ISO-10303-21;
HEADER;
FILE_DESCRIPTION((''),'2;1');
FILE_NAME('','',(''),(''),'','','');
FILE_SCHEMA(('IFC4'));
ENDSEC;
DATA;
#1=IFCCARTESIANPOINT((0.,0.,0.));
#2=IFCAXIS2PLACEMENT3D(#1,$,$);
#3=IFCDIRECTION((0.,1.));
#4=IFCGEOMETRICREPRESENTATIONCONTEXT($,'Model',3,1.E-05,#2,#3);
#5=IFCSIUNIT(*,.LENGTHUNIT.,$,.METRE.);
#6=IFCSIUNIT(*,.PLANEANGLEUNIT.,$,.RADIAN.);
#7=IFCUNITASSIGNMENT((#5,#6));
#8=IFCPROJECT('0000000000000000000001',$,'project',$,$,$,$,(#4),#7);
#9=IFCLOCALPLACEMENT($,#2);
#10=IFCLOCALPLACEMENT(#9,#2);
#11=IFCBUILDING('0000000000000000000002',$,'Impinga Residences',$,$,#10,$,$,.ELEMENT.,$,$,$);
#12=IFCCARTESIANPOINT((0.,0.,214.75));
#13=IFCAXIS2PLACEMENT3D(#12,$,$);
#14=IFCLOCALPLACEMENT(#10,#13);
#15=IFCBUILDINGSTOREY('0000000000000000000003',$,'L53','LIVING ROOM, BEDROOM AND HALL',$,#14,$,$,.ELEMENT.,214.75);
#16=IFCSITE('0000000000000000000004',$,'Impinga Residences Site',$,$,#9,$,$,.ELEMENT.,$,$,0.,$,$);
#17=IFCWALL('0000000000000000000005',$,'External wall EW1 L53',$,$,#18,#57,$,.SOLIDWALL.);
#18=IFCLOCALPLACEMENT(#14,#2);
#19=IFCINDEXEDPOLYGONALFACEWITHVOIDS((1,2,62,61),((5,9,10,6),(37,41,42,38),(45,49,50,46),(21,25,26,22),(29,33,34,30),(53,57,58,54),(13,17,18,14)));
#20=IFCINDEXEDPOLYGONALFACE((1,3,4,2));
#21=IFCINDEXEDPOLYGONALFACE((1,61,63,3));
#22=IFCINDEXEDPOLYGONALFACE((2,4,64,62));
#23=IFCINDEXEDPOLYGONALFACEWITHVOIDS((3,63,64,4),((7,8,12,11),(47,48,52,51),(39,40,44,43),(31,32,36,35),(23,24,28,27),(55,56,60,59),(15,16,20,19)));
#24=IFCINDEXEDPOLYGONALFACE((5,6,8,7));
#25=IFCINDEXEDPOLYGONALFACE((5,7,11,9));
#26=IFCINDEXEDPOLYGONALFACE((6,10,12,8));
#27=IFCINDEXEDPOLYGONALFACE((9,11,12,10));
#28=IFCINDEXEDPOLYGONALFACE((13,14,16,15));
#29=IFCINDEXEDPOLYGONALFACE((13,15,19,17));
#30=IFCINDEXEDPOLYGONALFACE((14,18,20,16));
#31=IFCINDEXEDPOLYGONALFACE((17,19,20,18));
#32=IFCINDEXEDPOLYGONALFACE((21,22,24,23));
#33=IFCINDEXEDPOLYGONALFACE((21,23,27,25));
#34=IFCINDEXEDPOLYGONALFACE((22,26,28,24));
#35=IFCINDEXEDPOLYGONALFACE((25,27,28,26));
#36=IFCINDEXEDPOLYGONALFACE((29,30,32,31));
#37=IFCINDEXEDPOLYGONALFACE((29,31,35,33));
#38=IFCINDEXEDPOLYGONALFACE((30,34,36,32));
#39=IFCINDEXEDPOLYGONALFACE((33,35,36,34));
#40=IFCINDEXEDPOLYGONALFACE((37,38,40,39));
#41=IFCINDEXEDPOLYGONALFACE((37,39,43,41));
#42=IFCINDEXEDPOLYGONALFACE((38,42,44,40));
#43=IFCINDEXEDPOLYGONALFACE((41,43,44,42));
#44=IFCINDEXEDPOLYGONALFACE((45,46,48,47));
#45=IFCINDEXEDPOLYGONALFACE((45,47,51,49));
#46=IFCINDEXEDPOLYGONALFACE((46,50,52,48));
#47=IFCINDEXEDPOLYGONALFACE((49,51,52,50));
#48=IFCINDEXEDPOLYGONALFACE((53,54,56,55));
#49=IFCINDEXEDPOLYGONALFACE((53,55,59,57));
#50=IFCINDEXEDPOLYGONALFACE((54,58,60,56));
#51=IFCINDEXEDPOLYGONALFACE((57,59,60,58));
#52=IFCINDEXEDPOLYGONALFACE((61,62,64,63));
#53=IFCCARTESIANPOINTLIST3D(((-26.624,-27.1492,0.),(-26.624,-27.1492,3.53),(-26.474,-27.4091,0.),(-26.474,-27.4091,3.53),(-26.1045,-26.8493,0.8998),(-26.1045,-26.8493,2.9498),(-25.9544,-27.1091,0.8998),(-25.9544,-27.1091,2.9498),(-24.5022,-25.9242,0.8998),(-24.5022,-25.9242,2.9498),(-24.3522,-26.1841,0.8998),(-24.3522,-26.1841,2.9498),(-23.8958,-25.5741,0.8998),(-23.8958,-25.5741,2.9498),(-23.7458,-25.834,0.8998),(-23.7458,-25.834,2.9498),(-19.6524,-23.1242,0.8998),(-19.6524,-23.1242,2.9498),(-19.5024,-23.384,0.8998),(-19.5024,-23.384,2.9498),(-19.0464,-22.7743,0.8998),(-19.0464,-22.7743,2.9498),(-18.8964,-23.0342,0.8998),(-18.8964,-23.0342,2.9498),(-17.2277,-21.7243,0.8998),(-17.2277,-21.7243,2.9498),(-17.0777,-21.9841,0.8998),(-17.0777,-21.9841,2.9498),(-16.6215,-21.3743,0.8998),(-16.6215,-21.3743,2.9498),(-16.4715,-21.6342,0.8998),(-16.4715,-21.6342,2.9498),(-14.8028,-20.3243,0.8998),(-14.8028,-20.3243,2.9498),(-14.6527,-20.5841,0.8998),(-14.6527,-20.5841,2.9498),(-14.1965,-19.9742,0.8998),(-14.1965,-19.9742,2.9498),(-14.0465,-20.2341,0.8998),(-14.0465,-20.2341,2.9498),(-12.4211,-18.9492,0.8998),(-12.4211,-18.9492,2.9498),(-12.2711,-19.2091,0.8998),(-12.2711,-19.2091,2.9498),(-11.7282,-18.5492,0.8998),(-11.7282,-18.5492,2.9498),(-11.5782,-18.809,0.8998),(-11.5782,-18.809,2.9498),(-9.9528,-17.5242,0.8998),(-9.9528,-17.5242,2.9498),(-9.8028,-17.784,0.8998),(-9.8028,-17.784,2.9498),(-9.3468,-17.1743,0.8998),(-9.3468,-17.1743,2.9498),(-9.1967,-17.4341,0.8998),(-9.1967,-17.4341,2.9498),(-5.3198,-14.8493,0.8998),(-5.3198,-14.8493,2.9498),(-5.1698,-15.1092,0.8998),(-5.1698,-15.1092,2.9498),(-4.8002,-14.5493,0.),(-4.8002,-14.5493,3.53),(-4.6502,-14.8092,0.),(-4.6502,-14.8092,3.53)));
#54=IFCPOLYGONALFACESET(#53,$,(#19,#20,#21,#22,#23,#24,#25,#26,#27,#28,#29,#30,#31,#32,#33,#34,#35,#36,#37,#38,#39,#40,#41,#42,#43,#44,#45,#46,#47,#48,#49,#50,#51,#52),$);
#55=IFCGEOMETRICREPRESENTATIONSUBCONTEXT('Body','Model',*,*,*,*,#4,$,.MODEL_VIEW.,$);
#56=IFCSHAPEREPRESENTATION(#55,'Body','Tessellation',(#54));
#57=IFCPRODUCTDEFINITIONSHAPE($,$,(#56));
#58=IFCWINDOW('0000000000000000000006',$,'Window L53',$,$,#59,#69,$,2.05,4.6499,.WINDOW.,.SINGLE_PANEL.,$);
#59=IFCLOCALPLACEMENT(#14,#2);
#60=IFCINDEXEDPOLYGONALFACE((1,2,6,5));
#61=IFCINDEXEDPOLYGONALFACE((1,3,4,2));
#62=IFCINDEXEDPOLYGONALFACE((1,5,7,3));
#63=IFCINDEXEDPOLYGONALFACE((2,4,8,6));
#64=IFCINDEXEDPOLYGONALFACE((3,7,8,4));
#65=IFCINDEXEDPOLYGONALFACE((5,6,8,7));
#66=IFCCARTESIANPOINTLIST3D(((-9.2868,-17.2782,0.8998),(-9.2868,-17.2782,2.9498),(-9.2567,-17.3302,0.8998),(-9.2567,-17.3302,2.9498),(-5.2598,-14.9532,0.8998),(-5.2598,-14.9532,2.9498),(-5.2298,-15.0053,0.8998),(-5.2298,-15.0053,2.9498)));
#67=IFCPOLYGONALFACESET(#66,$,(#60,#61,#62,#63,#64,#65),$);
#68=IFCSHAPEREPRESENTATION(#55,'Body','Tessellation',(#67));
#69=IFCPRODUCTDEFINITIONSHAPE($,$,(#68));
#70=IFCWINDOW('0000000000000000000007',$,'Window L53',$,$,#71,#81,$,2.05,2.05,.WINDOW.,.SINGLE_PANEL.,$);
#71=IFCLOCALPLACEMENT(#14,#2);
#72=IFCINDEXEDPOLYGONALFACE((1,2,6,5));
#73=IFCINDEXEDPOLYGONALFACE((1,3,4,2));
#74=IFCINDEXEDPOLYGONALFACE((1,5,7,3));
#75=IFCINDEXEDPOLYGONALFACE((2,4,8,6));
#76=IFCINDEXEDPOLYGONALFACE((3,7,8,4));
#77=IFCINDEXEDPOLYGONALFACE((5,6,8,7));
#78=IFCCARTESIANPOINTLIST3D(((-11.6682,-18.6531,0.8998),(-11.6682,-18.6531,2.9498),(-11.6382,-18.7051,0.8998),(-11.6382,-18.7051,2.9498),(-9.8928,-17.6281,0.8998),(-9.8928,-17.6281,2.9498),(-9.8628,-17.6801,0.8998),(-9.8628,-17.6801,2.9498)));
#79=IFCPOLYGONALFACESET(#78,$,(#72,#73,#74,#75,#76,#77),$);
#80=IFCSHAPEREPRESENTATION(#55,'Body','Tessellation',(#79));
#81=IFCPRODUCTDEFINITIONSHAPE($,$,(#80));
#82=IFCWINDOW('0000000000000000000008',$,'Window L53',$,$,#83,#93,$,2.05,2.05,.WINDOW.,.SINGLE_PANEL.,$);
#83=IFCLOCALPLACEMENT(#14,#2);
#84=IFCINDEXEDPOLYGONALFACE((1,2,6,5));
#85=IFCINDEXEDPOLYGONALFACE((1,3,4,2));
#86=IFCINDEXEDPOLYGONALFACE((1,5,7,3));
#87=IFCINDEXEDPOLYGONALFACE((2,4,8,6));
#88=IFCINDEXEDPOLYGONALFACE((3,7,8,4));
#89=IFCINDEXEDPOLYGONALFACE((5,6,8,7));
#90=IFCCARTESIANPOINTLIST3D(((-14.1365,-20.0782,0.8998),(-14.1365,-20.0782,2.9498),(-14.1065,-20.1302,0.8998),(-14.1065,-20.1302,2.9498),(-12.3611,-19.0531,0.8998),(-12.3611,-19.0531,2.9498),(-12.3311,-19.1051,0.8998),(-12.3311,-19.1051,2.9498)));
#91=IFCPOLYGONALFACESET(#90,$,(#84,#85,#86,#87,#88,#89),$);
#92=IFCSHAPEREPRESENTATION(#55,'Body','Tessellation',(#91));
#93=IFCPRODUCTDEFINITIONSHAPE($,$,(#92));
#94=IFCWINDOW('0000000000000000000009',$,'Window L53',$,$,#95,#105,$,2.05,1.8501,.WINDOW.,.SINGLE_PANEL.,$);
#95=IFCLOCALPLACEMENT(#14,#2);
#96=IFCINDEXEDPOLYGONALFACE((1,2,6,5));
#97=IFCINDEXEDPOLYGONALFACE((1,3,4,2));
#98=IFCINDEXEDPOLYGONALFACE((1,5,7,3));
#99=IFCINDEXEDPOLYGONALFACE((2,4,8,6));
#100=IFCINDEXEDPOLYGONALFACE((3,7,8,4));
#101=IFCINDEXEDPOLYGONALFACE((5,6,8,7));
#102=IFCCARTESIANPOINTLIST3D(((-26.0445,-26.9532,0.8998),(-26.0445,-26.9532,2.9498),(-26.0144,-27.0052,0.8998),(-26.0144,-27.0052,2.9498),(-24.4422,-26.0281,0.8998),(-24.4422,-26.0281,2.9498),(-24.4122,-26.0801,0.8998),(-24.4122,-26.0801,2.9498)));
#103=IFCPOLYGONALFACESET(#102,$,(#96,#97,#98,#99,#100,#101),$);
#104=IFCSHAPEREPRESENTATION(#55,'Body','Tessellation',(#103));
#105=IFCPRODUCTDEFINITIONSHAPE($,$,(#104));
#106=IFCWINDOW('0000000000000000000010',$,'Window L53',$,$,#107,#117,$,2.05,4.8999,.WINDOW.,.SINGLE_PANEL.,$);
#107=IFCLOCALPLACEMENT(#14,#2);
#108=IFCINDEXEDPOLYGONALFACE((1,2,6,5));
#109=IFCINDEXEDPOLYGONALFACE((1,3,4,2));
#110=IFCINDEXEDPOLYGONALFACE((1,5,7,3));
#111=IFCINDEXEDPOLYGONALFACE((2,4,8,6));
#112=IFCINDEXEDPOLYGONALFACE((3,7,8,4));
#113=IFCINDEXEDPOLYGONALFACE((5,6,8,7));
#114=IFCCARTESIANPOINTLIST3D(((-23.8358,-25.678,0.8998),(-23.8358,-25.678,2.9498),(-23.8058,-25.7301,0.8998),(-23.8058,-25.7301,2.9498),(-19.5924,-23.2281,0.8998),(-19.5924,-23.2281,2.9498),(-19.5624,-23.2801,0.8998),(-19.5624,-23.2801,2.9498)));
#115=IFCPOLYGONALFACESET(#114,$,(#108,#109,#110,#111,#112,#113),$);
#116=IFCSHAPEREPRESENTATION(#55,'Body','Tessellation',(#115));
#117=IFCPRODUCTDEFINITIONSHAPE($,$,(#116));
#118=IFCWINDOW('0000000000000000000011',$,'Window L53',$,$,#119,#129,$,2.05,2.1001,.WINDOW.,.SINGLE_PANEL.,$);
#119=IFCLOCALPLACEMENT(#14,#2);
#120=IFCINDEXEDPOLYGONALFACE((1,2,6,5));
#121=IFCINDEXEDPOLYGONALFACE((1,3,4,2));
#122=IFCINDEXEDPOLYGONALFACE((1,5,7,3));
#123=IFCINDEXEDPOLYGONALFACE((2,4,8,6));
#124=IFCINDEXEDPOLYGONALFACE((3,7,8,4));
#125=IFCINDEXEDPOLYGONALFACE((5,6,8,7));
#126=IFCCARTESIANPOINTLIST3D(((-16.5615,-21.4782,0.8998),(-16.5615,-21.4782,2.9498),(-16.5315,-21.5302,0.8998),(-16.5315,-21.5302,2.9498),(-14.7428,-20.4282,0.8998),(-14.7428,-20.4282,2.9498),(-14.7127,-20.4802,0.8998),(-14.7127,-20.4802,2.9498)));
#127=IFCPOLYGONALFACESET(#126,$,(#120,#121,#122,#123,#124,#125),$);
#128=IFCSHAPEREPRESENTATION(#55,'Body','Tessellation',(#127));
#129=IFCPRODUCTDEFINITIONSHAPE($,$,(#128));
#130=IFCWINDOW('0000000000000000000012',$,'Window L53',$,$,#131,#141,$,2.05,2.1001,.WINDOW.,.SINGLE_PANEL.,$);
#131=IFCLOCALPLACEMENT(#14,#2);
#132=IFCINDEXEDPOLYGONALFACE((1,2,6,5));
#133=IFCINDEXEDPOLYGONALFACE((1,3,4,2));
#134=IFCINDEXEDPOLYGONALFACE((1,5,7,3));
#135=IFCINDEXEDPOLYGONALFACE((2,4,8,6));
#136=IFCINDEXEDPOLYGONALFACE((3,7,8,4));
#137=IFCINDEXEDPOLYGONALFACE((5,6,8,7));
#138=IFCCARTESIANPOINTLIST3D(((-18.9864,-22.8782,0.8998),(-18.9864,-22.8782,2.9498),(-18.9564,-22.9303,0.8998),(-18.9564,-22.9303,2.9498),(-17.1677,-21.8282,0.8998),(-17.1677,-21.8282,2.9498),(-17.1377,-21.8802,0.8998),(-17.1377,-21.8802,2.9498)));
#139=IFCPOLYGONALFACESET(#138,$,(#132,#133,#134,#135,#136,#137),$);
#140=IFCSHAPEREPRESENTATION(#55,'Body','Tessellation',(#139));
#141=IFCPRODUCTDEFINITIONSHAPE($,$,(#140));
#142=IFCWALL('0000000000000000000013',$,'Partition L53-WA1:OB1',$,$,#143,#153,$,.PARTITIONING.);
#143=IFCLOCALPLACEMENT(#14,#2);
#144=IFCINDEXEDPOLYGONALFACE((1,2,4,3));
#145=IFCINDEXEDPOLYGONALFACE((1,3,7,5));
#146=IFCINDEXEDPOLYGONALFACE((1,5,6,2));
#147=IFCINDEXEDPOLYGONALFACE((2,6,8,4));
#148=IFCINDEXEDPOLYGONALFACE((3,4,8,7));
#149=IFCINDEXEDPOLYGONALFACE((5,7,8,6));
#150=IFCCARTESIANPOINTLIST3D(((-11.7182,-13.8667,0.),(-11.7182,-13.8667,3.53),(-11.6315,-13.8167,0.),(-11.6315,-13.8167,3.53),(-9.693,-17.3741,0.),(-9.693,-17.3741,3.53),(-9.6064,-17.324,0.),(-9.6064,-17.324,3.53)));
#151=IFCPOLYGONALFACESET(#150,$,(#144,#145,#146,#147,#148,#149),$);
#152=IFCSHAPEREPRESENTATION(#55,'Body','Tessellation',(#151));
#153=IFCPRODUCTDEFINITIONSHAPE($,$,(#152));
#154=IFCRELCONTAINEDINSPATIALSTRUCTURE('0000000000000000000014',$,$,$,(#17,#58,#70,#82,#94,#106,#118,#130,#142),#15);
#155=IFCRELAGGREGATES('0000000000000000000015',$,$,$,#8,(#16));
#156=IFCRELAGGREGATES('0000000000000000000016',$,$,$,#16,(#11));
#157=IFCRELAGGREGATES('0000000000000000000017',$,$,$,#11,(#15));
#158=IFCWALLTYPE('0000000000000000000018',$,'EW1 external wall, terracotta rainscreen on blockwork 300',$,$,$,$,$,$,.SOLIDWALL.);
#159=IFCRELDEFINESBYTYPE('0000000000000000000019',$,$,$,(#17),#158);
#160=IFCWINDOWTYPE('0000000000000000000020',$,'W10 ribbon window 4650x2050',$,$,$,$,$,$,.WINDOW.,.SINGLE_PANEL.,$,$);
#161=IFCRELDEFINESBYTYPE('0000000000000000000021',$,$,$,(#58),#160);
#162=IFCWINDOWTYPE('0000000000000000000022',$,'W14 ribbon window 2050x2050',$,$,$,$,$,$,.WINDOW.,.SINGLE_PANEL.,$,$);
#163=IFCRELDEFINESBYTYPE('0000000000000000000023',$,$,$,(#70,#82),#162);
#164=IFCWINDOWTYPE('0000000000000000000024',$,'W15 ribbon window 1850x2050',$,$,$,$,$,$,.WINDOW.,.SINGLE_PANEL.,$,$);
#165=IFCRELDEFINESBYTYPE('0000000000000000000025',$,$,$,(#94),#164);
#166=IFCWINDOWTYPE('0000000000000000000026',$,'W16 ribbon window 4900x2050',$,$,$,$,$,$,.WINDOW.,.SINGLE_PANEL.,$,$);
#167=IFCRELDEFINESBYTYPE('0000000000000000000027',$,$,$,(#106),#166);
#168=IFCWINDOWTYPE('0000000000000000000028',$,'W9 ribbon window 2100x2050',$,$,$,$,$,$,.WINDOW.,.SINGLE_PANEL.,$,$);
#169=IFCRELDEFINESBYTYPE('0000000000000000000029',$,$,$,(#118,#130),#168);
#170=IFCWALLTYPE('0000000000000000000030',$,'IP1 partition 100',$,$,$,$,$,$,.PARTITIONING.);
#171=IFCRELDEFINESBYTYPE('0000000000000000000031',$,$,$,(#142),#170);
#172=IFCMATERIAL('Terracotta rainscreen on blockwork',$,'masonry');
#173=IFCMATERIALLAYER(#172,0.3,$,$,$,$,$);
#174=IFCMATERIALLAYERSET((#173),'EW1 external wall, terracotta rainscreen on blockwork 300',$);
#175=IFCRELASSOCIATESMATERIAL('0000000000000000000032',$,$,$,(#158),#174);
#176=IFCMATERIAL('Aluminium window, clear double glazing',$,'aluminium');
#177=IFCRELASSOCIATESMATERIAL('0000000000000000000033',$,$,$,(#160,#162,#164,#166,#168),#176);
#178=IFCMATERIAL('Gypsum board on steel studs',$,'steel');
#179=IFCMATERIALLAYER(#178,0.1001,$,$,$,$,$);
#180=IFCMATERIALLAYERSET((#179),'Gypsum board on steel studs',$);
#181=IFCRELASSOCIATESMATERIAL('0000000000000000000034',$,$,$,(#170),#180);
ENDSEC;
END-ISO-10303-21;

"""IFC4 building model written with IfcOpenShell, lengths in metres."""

from ifc_helpers import new_model, si_unit, direction, frame, frame_2d, origin, place, context, subcontext, project, spatial, rectangle, extrude, material, layer, layer_set, type_object, element, fill, save


model = new_model("IFC4")

# Units and contexts
model_context = context("Model", 3, precision=1e-05, world=origin(), true_north=direction((0.0, 1.0)))
body_context = subcontext(model_context, "Body", "Model", "MODEL_VIEW")
ifc_project = project(units=[si_unit("LENGTHUNIT", "METRE"), si_unit("PLANEANGLEUNIT", "RADIAN")], contexts=[model_context])

# Site, building, storey
site_placement = place(None, origin())
site = spatial("IfcSite", under=ifc_project, at=site_placement, Name="Impinga Residences Site", CompositionType="ELEMENT", RefElevation=0.0)
building_placement = place(site_placement, origin())
building = spatial("IfcBuilding", under=site, at=building_placement, Name="Impinga Residences", CompositionType="ELEMENT")
storey_placement = place(building_placement, frame((0.0, 0.0, 214.75)))
storey = spatial("IfcBuildingStorey", under=building, at=storey_placement, Name="L53", Description="LIVING ROOM, BEDROOM AND HALL", CompositionType="ELEMENT", Elevation=214.75)

# Shared definitions
ifc_material_1 = material(Name="Terracotta rainscreen on blockwork", Category="masonry")
ifc_layer_1 = layer(ifc_material_1, 0.3)
ifc_layer_set_1 = layer_set([ifc_layer_1], Name="EW1 external wall, terracotta rainscreen on blockwork 300")
wall_type_1 = type_object("IfcWallType", Name="EW1 external wall, terracotta rainscreen on blockwork 300", PredefinedType="SOLIDWALL", material=ifc_layer_set_1)

# Wall, openings, windows
wall_1_placement = place(storey_placement, frame((-4.7251, -14.6792, 0.0), z_axis=(0.0, 0.0, 1.0), x_axis=(-0.866027, -0.499998, 0.0)))
wall_1 = element("IfcWall", 1, at=wall_1_placement, inside=storey, type_object=wall_type_1, Name="External wall EW1 L53", PredefinedType="SOLIDWALL", context=body_context, shape_type="SweptSolid", body=[
    extrude(rectangle(XDim=25.2, YDim=0.3, at=frame_2d((12.6001, 0.0))), origin(), (0.0, 0.0, 1.0), 3.53),
])
opening_1_placement = place(wall_1_placement, frame((0.6001, 0.0, 0.8999)))
opening_1 = element("IfcOpeningElement", 2, at=opening_1_placement, cuts=wall_1, PredefinedType="OPENING", context=body_context, shape_type="SweptSolid", body=[
    extrude(rectangle(XDim=4.6499, YDim=2.05, at=frame_2d((2.325, 1.0249))), frame((0.0, 0.1599, 0.0), z_axis=(0.0, -1.0, 0.0), x_axis=(1.0, 0.0, 0.0)), (0.0, 0.0, 1.0), 0.3201),
])
opening_2_placement = place(wall_1_placement, frame((5.95, 0.0, 0.8999)))
opening_2 = element("IfcOpeningElement", 3, at=opening_2_placement, cuts=wall_1, PredefinedType="OPENING", context=body_context, shape_type="SweptSolid", body=[
    extrude(rectangle(XDim=2.05, YDim=2.05, at=frame_2d((1.0249, 1.0249))), frame((0.0, 0.1599, 0.0), z_axis=(0.0, -1.0, 0.0), x_axis=(1.0, 0.0, 0.0)), (0.0, 0.0, 1.0), 0.3201),
])
opening_3_placement = place(wall_1_placement, frame((8.8, 0.0, 0.8999)))
opening_3 = element("IfcOpeningElement", 4, at=opening_3_placement, cuts=wall_1, PredefinedType="OPENING", context=body_context, shape_type="SweptSolid", body=[
    extrude(rectangle(XDim=2.05, YDim=2.05, at=frame_2d((1.0249, 1.0249))), frame((0.0, 0.1599, 0.0), z_axis=(0.0, -1.0, 0.0), x_axis=(1.0, 0.0, 0.0)), (0.0, 0.0, 1.0), 0.3201),
])
opening_4_placement = place(wall_1_placement, frame((11.55, 0.0, 0.8999)))
opening_4 = element("IfcOpeningElement", 5, at=opening_4_placement, cuts=wall_1, PredefinedType="OPENING", context=body_context, shape_type="SweptSolid", body=[
    extrude(rectangle(XDim=2.1001, YDim=2.05, at=frame_2d((1.05, 1.0249))), frame((0.0, 0.1599, 0.0), z_axis=(0.0, -1.0, 0.0), x_axis=(1.0, 0.0, 0.0)), (0.0, 0.0, 1.0), 0.3201),
])
opening_5_placement = place(wall_1_placement, frame((14.3501, 0.0, 0.8999)))
opening_5 = element("IfcOpeningElement", 6, at=opening_5_placement, cuts=wall_1, PredefinedType="OPENING", context=body_context, shape_type="SweptSolid", body=[
    extrude(rectangle(XDim=2.1001, YDim=2.05, at=frame_2d((1.05, 1.0249))), frame((0.0, 0.1599, 0.0), z_axis=(0.0, -1.0, 0.0), x_axis=(1.0, 0.0, 0.0)), (0.0, 0.0, 1.0), 0.3201),
])
opening_6_placement = place(wall_1_placement, frame((17.1499, 0.0, 0.8999)))
opening_6 = element("IfcOpeningElement", 7, at=opening_6_placement, cuts=wall_1, PredefinedType="OPENING", context=body_context, shape_type="SweptSolid", body=[
    extrude(rectangle(XDim=4.8999, YDim=2.05, at=frame_2d((2.45, 1.0249))), frame((0.0, 0.1599, 0.0), z_axis=(0.0, -1.0, 0.0), x_axis=(1.0, 0.0, 0.0)), (0.0, 0.0, 1.0), 0.3201),
])
opening_7_placement = place(wall_1_placement, frame((22.75, 0.0, 0.8999)))
opening_7 = element("IfcOpeningElement", 8, at=opening_7_placement, cuts=wall_1, PredefinedType="OPENING", context=body_context, shape_type="SweptSolid", body=[
    extrude(rectangle(XDim=1.8501, YDim=2.05, at=frame_2d((0.925, 1.0249))), frame((0.0, 0.1599, 0.0), z_axis=(0.0, -1.0, 0.0), x_axis=(1.0, 0.0, 0.0)), (0.0, 0.0, 1.0), 0.3201),
])
ifc_material_2 = material(Name="Aluminium window, clear double glazing", Category="aluminium")
window_type_1 = type_object("IfcWindowType", Name="W10 ribbon window 4650x2050", PartitioningType="SINGLE_PANEL", PredefinedType="WINDOW", material=ifc_material_2)
window_1_placement = place(opening_1_placement, origin())
window_1 = element("IfcWindow", 9, at=window_1_placement, inside=storey, type_object=window_type_1, Name="Window L53", OverallHeight=2.05, OverallWidth=4.6499, PartitioningType="SINGLE_PANEL", PredefinedType="WINDOW", context=body_context, shape_type="SweptSolid", body=[
    extrude(rectangle(XDim=4.6499, YDim=2.05, at=frame_2d((2.325, 1.0249))), frame((0.0, 0.03, 0.0), z_axis=(0.0, -1.0, 0.0), x_axis=(1.0, 0.0, 0.0)), (0.0, 0.0, 1.0), 0.0601),
])
fill(opening_1, window_1)
window_type_2 = type_object("IfcWindowType", Name="W14 ribbon window 2050x2050", PartitioningType="SINGLE_PANEL", PredefinedType="WINDOW", material=ifc_material_2)
window_2_placement = place(opening_2_placement, origin())
window_2 = element("IfcWindow", 10, at=window_2_placement, inside=storey, type_object=window_type_2, Name="Window L53", OverallHeight=2.05, OverallWidth=2.05, PartitioningType="SINGLE_PANEL", PredefinedType="WINDOW", context=body_context, shape_type="SweptSolid", body=[
    extrude(rectangle(XDim=2.05, YDim=2.05, at=frame_2d((1.0249, 1.0249))), frame((0.0, 0.03, 0.0), z_axis=(0.0, -1.0, 0.0), x_axis=(1.0, 0.0, 0.0)), (0.0, 0.0, 1.0), 0.0601),
])
fill(opening_2, window_2)
window_3_placement = place(opening_3_placement, origin())
window_3 = element("IfcWindow", 11, at=window_3_placement, inside=storey, type_object=window_type_2, Name="Window L53", OverallHeight=2.05, OverallWidth=2.05, PartitioningType="SINGLE_PANEL", PredefinedType="WINDOW", context=body_context, shape_type="SweptSolid", body=[
    extrude(rectangle(XDim=2.05, YDim=2.05, at=frame_2d((1.0249, 1.0249))), frame((0.0, 0.03, 0.0), z_axis=(0.0, -1.0, 0.0), x_axis=(1.0, 0.0, 0.0)), (0.0, 0.0, 1.0), 0.0601),
])
fill(opening_3, window_3)
window_type_3 = type_object("IfcWindowType", Name="W15 ribbon window 1850x2050", PartitioningType="SINGLE_PANEL", PredefinedType="WINDOW", material=ifc_material_2)
window_4_placement = place(opening_7_placement, origin())
window_4 = element("IfcWindow", 12, at=window_4_placement, inside=storey, type_object=window_type_3, Name="Window L53", OverallHeight=2.05, OverallWidth=1.8501, PartitioningType="SINGLE_PANEL", PredefinedType="WINDOW", context=body_context, shape_type="SweptSolid", body=[
    extrude(rectangle(XDim=1.8501, YDim=2.05, at=frame_2d((0.925, 1.0249))), frame((0.0, 0.03, 0.0), z_axis=(0.0, -1.0, 0.0), x_axis=(1.0, 0.0, 0.0)), (0.0, 0.0, 1.0), 0.0601),
])
fill(opening_7, window_4)
window_type_4 = type_object("IfcWindowType", Name="W16 ribbon window 4900x2050", PartitioningType="SINGLE_PANEL", PredefinedType="WINDOW", material=ifc_material_2)
window_5_placement = place(opening_6_placement, origin())
window_5 = element("IfcWindow", 13, at=window_5_placement, inside=storey, type_object=window_type_4, Name="Window L53", OverallHeight=2.05, OverallWidth=4.8999, PartitioningType="SINGLE_PANEL", PredefinedType="WINDOW", context=body_context, shape_type="SweptSolid", body=[
    extrude(rectangle(XDim=4.8999, YDim=2.05, at=frame_2d((2.45, 1.0249))), frame((0.0, 0.03, 0.0), z_axis=(0.0, -1.0, 0.0), x_axis=(1.0, 0.0, 0.0)), (0.0, 0.0, 1.0), 0.0601),
])
fill(opening_6, window_5)
window_type_5 = type_object("IfcWindowType", Name="W9 ribbon window 2100x2050", PartitioningType="SINGLE_PANEL", PredefinedType="WINDOW", material=ifc_material_2)
window_6_placement = place(opening_4_placement, origin())
window_6 = element("IfcWindow", 14, at=window_6_placement, inside=storey, type_object=window_type_5, Name="Window L53", OverallHeight=2.05, OverallWidth=2.1001, PartitioningType="SINGLE_PANEL", PredefinedType="WINDOW", context=body_context, shape_type="SweptSolid", body=[
    extrude(rectangle(XDim=2.1001, YDim=2.05, at=frame_2d((1.05, 1.0249))), frame((0.0, 0.03, 0.0), z_axis=(0.0, -1.0, 0.0), x_axis=(1.0, 0.0, 0.0)), (0.0, 0.0, 1.0), 0.0601),
])
fill(opening_4, window_6)
window_7_placement = place(opening_5_placement, origin())
window_7 = element("IfcWindow", 15, at=window_7_placement, inside=storey, type_object=window_type_5, Name="Window L53", OverallHeight=2.05, OverallWidth=2.1001, PartitioningType="SINGLE_PANEL", PredefinedType="WINDOW", context=body_context, shape_type="SweptSolid", body=[
    extrude(rectangle(XDim=2.1001, YDim=2.05, at=frame_2d((1.05, 1.0249))), frame((0.0, 0.03, 0.0), z_axis=(0.0, -1.0, 0.0), x_axis=(1.0, 0.0, 0.0)), (0.0, 0.0, 1.0), 0.0601),
])
fill(opening_5, window_7)

# Wall
ifc_material_3 = material(Name="Gypsum board on steel studs", Category="steel")
ifc_layer_2 = layer(ifc_material_3, 0.1001)
ifc_layer_set_2 = layer_set([ifc_layer_2], Name="Gypsum board on steel studs")
wall_type_2 = type_object("IfcWallType", Name="IP1 partition 100", PredefinedType="PARTITIONING", material=ifc_layer_set_2)
wall_2_placement = place(storey_placement, frame((-11.6748, -13.8418, 0.0), z_axis=(0.0, 0.0, 1.0), x_axis=(0.500036, -0.866005, 0.0)))
element("IfcWall", 16, at=wall_2_placement, inside=storey, type_object=wall_type_2, Name="Partition L53-WA1:OB1", PredefinedType="PARTITIONING", context=body_context, shape_type="SweptSolid", body=[
    extrude(rectangle(XDim=4.05, YDim=0.1001, at=frame_2d((2.0249, 0.0))), origin(), (0.0, 0.0, 1.0), 3.53),
])

save(model, "model.ifc")
